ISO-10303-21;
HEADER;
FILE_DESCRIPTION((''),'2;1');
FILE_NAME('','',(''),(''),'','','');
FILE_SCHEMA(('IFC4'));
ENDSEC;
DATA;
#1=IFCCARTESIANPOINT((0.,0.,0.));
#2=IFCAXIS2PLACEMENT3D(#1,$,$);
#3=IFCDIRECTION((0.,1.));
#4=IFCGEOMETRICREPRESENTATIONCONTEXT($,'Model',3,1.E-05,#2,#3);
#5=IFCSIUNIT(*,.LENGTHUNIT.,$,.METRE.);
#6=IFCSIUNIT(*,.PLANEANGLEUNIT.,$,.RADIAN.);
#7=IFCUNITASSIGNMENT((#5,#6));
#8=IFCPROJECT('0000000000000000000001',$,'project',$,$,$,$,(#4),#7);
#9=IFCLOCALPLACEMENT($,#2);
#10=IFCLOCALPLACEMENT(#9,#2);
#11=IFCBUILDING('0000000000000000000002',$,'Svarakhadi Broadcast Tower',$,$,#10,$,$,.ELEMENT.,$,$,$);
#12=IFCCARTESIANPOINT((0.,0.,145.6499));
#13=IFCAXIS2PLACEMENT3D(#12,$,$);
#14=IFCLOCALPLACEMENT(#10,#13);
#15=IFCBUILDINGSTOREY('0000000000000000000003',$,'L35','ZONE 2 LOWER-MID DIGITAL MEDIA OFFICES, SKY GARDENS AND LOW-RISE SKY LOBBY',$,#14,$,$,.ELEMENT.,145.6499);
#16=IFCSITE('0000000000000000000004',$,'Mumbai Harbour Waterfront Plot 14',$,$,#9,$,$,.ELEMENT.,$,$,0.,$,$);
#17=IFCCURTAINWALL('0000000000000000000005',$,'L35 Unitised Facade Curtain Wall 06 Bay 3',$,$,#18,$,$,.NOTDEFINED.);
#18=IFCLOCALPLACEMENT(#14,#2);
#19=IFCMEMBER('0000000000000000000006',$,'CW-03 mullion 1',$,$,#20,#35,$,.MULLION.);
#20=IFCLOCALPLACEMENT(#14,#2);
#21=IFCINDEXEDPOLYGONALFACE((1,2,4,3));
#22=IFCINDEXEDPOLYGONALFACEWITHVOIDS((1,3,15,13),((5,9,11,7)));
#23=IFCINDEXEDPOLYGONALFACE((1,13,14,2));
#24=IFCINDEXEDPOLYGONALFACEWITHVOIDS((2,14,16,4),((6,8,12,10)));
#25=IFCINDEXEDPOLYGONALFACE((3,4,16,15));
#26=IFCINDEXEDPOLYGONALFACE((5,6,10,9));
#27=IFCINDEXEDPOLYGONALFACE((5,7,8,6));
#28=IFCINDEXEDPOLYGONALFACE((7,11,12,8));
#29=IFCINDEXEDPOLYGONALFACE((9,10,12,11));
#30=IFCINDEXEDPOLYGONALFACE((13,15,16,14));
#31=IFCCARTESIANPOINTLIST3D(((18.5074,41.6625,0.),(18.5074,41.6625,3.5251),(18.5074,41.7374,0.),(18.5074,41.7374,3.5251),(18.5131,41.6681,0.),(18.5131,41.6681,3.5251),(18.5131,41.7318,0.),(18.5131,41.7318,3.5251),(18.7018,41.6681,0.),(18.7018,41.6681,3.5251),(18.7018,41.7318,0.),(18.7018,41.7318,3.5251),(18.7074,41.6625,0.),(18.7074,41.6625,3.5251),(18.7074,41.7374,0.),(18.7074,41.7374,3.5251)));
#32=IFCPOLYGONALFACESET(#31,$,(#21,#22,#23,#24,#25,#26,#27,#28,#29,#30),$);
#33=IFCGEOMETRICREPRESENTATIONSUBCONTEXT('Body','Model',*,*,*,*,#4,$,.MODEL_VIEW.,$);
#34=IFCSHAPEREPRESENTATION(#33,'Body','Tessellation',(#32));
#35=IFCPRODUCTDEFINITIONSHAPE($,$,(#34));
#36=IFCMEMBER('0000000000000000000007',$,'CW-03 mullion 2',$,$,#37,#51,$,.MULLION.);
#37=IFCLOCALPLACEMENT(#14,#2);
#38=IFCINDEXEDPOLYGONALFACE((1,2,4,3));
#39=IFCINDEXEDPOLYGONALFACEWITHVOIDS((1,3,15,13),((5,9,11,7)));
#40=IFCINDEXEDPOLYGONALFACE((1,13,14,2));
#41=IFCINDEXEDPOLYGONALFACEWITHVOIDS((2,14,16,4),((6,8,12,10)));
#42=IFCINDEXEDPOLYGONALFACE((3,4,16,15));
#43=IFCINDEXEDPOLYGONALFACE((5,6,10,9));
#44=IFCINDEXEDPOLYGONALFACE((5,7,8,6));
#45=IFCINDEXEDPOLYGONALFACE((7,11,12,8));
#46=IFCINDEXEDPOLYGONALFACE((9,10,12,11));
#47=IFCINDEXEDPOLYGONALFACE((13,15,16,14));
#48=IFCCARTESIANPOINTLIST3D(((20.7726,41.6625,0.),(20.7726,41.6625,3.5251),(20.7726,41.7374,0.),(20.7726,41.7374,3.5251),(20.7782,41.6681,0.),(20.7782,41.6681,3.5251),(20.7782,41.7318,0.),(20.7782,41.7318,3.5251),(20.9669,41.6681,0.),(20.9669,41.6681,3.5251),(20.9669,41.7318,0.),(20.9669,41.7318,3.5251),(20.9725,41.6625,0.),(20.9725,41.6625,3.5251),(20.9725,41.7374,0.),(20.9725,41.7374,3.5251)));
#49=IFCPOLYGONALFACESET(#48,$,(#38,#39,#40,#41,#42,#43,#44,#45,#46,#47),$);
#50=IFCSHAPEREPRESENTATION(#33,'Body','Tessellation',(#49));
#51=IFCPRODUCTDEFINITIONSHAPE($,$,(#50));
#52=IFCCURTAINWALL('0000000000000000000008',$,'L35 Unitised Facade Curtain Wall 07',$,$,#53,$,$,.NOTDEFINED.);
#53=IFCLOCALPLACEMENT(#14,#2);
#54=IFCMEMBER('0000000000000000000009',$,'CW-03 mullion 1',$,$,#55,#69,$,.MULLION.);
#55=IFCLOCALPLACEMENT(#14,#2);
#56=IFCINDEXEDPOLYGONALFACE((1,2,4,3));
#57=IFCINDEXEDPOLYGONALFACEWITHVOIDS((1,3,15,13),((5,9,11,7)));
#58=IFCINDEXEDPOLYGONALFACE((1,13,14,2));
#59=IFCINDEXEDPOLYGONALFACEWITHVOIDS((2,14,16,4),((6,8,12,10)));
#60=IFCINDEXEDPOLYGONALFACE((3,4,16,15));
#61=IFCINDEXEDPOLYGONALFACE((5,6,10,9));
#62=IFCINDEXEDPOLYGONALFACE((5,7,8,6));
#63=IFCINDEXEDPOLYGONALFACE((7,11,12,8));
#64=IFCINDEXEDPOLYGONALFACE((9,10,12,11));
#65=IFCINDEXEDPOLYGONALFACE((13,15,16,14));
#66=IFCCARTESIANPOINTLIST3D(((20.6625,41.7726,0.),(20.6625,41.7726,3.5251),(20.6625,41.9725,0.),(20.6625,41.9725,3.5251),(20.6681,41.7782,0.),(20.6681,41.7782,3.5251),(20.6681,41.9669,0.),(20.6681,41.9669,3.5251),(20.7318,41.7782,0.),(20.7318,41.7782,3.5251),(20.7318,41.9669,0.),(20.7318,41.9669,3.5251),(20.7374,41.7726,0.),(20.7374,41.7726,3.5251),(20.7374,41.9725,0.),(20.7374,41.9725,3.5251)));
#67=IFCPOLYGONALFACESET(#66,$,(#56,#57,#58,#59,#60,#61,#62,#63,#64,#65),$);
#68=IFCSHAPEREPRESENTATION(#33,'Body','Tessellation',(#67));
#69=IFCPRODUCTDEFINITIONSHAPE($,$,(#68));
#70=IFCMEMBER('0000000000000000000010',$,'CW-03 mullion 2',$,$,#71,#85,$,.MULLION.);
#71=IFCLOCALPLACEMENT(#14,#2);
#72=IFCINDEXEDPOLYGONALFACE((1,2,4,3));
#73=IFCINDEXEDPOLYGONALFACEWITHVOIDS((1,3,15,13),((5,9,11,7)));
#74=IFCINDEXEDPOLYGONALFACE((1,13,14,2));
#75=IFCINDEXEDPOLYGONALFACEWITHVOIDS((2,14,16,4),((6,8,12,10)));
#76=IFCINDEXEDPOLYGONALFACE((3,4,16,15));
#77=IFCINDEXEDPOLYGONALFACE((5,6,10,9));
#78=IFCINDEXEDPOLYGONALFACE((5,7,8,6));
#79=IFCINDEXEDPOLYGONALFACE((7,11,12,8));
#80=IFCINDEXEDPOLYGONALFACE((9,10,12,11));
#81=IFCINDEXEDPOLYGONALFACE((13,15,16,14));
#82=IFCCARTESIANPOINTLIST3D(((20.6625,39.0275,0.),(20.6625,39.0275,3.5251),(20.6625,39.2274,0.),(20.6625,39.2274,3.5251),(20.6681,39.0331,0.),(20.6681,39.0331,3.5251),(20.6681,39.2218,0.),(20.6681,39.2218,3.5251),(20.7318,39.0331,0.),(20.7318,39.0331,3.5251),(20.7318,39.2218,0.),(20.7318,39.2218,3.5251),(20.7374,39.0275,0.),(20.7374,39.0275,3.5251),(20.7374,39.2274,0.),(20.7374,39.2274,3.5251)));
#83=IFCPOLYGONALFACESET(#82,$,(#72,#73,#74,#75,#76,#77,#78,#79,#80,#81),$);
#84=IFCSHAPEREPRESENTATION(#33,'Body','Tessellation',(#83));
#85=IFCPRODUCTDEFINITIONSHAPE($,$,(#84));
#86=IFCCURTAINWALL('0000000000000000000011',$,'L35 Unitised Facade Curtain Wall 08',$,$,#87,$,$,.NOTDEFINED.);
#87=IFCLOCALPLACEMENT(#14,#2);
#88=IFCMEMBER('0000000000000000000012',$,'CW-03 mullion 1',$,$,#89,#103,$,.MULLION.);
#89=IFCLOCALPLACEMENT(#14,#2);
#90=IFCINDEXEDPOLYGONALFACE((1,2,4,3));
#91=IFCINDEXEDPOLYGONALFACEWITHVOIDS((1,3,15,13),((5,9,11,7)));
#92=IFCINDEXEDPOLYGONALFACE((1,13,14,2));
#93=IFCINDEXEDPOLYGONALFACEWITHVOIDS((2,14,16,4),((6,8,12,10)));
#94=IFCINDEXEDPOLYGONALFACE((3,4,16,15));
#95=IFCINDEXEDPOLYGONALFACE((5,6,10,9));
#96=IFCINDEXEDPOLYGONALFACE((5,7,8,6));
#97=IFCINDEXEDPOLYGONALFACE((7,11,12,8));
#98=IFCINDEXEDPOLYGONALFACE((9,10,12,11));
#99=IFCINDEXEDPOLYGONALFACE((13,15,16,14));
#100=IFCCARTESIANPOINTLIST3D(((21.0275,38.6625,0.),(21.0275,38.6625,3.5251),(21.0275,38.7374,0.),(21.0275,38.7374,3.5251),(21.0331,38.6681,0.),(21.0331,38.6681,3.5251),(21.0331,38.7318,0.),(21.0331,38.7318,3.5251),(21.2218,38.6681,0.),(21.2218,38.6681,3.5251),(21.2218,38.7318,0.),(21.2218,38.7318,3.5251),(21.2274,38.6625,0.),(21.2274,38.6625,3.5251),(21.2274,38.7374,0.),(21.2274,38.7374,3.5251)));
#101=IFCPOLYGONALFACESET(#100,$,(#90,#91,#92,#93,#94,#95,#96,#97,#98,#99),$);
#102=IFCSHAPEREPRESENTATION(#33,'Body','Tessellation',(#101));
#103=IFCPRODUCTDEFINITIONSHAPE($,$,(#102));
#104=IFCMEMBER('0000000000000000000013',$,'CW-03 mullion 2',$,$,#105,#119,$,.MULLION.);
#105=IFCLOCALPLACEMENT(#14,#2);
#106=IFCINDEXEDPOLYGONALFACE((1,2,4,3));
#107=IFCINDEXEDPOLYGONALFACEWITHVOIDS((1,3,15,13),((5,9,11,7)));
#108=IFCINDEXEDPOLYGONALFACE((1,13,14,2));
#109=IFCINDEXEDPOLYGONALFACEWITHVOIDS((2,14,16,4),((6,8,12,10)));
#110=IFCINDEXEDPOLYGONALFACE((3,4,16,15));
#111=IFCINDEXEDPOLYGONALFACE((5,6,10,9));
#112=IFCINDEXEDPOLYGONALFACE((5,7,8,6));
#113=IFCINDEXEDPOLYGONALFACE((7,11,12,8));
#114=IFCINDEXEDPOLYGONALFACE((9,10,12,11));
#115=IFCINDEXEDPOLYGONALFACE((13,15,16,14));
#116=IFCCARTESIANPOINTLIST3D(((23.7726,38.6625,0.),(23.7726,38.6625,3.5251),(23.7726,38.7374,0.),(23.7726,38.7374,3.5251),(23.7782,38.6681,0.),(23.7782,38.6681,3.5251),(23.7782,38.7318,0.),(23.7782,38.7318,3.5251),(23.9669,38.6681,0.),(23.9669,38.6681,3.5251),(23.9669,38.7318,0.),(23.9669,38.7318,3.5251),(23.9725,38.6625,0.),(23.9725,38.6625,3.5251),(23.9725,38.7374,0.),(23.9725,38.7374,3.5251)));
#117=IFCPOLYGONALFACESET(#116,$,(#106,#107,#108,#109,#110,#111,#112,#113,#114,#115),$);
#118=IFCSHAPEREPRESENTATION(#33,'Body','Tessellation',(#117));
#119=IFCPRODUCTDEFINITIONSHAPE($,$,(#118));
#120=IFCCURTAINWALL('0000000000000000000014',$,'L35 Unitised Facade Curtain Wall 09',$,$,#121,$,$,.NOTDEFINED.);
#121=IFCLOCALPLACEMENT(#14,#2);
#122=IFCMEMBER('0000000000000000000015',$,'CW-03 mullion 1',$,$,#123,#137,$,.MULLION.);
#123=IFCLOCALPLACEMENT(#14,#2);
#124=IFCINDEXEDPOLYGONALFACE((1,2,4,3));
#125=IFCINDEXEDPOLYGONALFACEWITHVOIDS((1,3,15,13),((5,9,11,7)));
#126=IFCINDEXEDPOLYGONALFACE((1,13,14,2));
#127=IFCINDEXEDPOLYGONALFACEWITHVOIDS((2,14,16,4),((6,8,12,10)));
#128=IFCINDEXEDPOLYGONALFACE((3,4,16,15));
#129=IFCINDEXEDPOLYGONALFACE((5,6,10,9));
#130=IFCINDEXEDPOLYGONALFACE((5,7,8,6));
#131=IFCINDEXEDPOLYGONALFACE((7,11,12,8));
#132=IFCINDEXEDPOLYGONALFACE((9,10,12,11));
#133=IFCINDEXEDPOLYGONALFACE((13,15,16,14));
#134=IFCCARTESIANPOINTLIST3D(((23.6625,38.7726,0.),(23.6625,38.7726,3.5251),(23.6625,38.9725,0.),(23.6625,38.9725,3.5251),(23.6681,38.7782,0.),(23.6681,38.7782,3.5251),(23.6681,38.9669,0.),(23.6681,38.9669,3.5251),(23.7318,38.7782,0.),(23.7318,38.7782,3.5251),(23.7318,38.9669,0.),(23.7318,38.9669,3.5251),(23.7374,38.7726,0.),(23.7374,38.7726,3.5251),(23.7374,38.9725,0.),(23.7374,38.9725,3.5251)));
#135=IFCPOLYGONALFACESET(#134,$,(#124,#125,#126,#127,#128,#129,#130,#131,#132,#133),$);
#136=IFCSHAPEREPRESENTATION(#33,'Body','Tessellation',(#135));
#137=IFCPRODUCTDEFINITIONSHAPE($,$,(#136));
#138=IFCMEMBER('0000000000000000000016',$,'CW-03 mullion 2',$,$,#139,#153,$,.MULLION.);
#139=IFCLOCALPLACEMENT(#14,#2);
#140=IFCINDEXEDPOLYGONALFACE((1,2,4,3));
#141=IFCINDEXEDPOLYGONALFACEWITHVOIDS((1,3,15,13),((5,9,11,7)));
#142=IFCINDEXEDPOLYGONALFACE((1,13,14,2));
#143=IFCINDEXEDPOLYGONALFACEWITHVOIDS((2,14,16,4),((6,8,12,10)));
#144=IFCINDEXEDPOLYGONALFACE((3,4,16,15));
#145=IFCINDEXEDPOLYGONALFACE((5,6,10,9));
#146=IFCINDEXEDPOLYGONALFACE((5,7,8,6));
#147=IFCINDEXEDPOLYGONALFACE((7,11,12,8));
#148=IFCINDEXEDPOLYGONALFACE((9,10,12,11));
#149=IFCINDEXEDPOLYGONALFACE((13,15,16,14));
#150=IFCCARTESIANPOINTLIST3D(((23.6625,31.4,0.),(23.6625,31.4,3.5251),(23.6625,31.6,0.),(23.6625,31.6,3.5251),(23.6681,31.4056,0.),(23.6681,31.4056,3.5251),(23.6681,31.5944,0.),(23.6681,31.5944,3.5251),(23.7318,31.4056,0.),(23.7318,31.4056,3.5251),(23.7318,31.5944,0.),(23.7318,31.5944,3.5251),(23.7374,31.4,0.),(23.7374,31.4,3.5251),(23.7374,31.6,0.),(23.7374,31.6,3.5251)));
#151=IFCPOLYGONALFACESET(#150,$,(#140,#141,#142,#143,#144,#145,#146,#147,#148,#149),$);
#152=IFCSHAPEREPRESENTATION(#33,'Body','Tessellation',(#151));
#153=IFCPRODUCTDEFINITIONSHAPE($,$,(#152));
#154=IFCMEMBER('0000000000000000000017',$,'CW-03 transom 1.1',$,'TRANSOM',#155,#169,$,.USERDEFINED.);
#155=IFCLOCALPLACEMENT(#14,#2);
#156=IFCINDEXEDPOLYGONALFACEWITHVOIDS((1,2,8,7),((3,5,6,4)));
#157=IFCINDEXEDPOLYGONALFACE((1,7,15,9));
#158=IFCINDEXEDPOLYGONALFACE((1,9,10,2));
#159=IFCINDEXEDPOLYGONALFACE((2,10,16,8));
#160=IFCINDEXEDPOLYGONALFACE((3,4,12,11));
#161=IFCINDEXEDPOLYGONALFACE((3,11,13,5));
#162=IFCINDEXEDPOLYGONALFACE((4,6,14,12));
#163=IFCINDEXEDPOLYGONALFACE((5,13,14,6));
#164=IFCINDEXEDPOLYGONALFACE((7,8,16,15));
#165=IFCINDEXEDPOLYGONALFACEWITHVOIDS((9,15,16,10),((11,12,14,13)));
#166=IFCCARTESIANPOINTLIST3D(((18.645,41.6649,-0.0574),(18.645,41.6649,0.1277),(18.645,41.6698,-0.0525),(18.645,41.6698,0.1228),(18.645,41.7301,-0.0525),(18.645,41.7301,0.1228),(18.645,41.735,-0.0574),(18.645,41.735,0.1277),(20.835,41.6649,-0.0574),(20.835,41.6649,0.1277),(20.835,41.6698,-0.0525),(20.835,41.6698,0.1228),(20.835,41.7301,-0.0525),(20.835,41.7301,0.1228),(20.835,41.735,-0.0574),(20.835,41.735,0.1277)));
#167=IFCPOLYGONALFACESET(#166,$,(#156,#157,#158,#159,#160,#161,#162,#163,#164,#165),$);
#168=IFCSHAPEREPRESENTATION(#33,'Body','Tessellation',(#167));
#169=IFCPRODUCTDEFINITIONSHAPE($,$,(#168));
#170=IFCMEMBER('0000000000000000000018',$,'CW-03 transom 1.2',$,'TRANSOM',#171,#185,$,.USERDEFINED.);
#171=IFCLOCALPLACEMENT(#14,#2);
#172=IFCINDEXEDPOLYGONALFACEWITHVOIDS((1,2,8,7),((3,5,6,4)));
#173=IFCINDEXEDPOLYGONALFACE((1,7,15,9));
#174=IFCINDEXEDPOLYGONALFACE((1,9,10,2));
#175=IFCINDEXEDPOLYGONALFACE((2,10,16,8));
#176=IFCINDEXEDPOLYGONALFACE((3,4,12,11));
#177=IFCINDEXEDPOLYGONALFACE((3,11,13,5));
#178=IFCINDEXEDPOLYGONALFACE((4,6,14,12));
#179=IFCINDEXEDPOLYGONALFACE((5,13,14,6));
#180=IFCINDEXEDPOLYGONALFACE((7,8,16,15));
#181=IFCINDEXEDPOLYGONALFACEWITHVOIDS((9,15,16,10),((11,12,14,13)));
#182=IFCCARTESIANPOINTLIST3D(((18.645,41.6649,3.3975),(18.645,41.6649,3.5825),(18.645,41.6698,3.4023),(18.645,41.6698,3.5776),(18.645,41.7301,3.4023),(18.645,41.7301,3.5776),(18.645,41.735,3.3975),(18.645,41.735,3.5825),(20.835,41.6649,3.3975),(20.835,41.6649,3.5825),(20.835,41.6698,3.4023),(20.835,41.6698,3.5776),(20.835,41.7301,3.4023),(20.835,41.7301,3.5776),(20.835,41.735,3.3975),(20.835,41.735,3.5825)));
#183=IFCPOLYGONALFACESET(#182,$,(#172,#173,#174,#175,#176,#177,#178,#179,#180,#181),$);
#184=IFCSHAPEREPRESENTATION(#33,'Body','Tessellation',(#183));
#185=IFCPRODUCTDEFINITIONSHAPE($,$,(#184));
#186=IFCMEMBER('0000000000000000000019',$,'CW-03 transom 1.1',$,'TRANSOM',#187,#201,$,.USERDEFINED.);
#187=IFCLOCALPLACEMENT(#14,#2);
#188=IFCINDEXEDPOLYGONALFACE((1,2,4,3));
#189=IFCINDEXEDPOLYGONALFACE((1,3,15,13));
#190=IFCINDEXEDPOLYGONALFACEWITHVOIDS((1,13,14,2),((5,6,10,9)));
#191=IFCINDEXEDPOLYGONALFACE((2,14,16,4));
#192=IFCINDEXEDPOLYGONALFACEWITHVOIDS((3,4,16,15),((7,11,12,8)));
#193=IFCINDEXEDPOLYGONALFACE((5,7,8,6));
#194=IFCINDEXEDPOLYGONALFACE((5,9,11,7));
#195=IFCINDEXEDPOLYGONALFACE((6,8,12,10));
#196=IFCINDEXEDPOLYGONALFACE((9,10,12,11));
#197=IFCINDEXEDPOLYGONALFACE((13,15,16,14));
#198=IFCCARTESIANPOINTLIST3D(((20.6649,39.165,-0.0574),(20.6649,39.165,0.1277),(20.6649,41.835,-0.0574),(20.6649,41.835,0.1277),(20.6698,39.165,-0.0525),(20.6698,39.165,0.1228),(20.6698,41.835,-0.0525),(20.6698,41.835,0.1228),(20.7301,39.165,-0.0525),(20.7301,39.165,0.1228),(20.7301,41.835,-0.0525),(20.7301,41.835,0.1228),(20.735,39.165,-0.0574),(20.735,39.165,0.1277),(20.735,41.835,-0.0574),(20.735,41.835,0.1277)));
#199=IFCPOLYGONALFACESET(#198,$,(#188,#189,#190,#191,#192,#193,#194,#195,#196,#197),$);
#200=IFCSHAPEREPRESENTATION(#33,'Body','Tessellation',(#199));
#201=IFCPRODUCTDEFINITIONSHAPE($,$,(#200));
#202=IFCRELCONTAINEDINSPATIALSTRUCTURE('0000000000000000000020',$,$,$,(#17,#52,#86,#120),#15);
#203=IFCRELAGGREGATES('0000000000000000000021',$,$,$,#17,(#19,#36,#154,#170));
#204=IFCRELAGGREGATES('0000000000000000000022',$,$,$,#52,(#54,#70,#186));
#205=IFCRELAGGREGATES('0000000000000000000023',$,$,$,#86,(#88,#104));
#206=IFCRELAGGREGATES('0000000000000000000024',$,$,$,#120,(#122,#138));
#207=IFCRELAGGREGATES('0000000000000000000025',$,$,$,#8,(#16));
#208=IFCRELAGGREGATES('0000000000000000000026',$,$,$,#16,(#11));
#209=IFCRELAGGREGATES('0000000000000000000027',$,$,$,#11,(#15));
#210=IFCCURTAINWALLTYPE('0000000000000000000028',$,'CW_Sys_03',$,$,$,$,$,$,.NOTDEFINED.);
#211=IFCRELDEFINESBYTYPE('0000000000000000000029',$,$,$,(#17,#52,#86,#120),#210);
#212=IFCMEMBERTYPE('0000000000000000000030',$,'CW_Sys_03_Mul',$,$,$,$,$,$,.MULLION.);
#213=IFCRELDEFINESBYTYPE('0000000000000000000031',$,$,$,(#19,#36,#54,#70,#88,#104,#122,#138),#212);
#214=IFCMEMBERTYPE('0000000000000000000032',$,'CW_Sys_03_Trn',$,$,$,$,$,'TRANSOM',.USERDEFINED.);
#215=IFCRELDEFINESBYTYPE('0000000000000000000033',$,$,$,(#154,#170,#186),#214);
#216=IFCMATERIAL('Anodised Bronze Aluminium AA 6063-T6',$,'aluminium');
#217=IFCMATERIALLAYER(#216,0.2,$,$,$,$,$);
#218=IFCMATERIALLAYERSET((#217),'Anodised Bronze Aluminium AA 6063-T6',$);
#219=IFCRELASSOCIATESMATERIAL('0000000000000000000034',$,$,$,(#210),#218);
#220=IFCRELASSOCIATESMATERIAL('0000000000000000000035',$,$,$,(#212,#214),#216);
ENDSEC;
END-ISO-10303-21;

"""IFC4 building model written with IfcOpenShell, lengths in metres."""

from ifc_helpers import new_model, si_unit, direction, frame, origin, origin_2d, place, context, subcontext, project, spatial, hollow_rectangle, extrude, material, layer, layer_set, material_profile, profile_set, type_object, element, aggregate, save


model = new_model("IFC4")

# Units and contexts
model_context = context("Model", 3, precision=1e-05, world=origin(), true_north=direction((0.0, 1.0)))
body_context = subcontext(model_context, "Body", "Model", "MODEL_VIEW")
ifc_project = project(units=[si_unit("LENGTHUNIT", "METRE"), si_unit("PLANEANGLEUNIT", "RADIAN")], contexts=[model_context])

# Site, building, storey
site_placement = place(None, origin())
site = spatial("IfcSite", under=ifc_project, at=site_placement, Name="Mumbai Harbour Waterfront Plot 14", CompositionType="ELEMENT", RefElevation=0.0)
building_placement = place(site_placement, origin())
building = spatial("IfcBuilding", under=site, at=building_placement, Name="Svarakhadi Broadcast Tower", CompositionType="ELEMENT")
storey_placement = place(building_placement, frame((0.0, 0.0, 145.6499)))
storey = spatial("IfcBuildingStorey", under=building, at=storey_placement, Name="L35", Description="ZONE 2 LOWER-MID DIGITAL MEDIA OFFICES, SKY GARDENS AND LOW-RISE SKY LOBBY", CompositionType="ELEMENT", Elevation=145.6499)

# Curtain walls, members
ifc_material_1 = material(Name="Anodised Bronze Aluminium AA 6063-T6", Category="aluminium")
ifc_layer_1 = layer(ifc_material_1, 0.2)
ifc_layer_set_1 = layer_set([ifc_layer_1], Name="Anodised Bronze Aluminium AA 6063-T6")
curtain_wall_type = type_object("IfcCurtainWallType", Name="CW_Sys_03", PredefinedType="NOTDEFINED", material=ifc_layer_set_1)
curtain_wall_1_placement = place(storey_placement, origin())
curtain_wall_1 = element("IfcCurtainWall", 1, at=curtain_wall_1_placement, inside=storey, type_object=curtain_wall_type, Name="L35 Unitised Facade Curtain Wall 06 Bay 3", PredefinedType="NOTDEFINED")
ifc_material_profile_1 = material_profile(ifc_material_1, hollow_rectangle(XDim=0.075, YDim=0.2, WallThickness=0.0056, at=origin_2d()), Name="ALU MULLION 200x75x6")
ifc_profile_set_1 = profile_set([ifc_material_profile_1], Name="Anodised Bronze Aluminium AA 6063-T6")
member_type_1 = type_object("IfcMemberType", Name="CW_Sys_03_Mul", PredefinedType="MULLION", material=ifc_profile_set_1)
member_1_placement = place(storey_placement, frame((18.6074, 41.7, 0.0), z_axis=(0.0, 0.0, 1.0), x_axis=(0.0, 1.0, 0.0)))
member_1 = element("IfcMember", 2, at=member_1_placement, type_object=member_type_1, Name="CW-03 mullion 1", PredefinedType="MULLION", context=body_context, shape_type="SweptSolid", body=[
    extrude(hollow_rectangle(XDim=0.075, YDim=0.2, WallThickness=0.0056, at=origin_2d()), origin(), (0.0, 0.0, 1.0), 3.5251),
])
member_2_placement = place(storey_placement, frame((20.8726, 41.7, 0.0), z_axis=(0.0, 0.0, 1.0), x_axis=(0.0, 1.0, 0.0)))
member_2 = element("IfcMember", 3, at=member_2_placement, type_object=member_type_1, Name="CW-03 mullion 2", PredefinedType="MULLION", context=body_context, shape_type="SweptSolid", body=[
    extrude(hollow_rectangle(XDim=0.075, YDim=0.2, WallThickness=0.0056, at=origin_2d()), origin(), (0.0, 0.0, 1.0), 3.5251),
])
curtain_wall_2_placement = place(storey_placement, origin())
curtain_wall_2 = element("IfcCurtainWall", 4, at=curtain_wall_2_placement, inside=storey, type_object=curtain_wall_type, Name="L35 Unitised Facade Curtain Wall 07", PredefinedType="NOTDEFINED")
member_3_placement = place(storey_placement, frame((20.7, 41.8726, 0.0), z_axis=(0.0, 0.0, 1.0), x_axis=(1.0, 0.0, 0.0)))
member_3 = element("IfcMember", 5, at=member_3_placement, type_object=member_type_1, Name="CW-03 mullion 1", PredefinedType="MULLION", context=body_context, shape_type="SweptSolid", body=[
    extrude(hollow_rectangle(XDim=0.075, YDim=0.2, WallThickness=0.0056, at=origin_2d()), origin(), (0.0, 0.0, 1.0), 3.5251),
])
member_4_placement = place(storey_placement, frame((20.7, 39.1274, 0.0), z_axis=(0.0, 0.0, 1.0), x_axis=(1.0, 0.0, 0.0)))
member_4 = element("IfcMember", 6, at=member_4_placement, type_object=member_type_1, Name="CW-03 mullion 2", PredefinedType="MULLION", context=body_context, shape_type="SweptSolid", body=[
    extrude(hollow_rectangle(XDim=0.075, YDim=0.2, WallThickness=0.0056, at=origin_2d()), origin(), (0.0, 0.0, 1.0), 3.5251),
])
curtain_wall_3_placement = place(storey_placement, origin())
curtain_wall_3 = element("IfcCurtainWall", 7, at=curtain_wall_3_placement, inside=storey, type_object=curtain_wall_type, Name="L35 Unitised Facade Curtain Wall 08", PredefinedType="NOTDEFINED")
member_5_placement = place(storey_placement, frame((21.1274, 38.7, 0.0), z_axis=(0.0, 0.0, 1.0), x_axis=(0.0, 1.0, 0.0)))
member_5 = element("IfcMember", 8, at=member_5_placement, type_object=member_type_1, Name="CW-03 mullion 1", PredefinedType="MULLION", context=body_context, shape_type="SweptSolid", body=[
    extrude(hollow_rectangle(XDim=0.075, YDim=0.2, WallThickness=0.0056, at=origin_2d()), origin(), (0.0, 0.0, 1.0), 3.5251),
])
member_6_placement = place(storey_placement, frame((23.8726, 38.7, 0.0), z_axis=(0.0, 0.0, 1.0), x_axis=(0.0, 1.0, 0.0)))
member_6 = element("IfcMember", 9, at=member_6_placement, type_object=member_type_1, Name="CW-03 mullion 2", PredefinedType="MULLION", context=body_context, shape_type="SweptSolid", body=[
    extrude(hollow_rectangle(XDim=0.075, YDim=0.2, WallThickness=0.0056, at=origin_2d()), origin(), (0.0, 0.0, 1.0), 3.5251),
])
curtain_wall_4_placement = place(storey_placement, origin())
curtain_wall_4 = element("IfcCurtainWall", 10, at=curtain_wall_4_placement, inside=storey, type_object=curtain_wall_type, Name="L35 Unitised Facade Curtain Wall 09", PredefinedType="NOTDEFINED")
member_7_placement = place(storey_placement, frame((23.7, 38.8726, 0.0), z_axis=(0.0, 0.0, 1.0), x_axis=(1.0, 0.0, 0.0)))
member_7 = element("IfcMember", 11, at=member_7_placement, type_object=member_type_1, Name="CW-03 mullion 1", PredefinedType="MULLION", context=body_context, shape_type="SweptSolid", body=[
    extrude(hollow_rectangle(XDim=0.075, YDim=0.2, WallThickness=0.0056, at=origin_2d()), origin(), (0.0, 0.0, 1.0), 3.5251),
])
member_8_placement = place(storey_placement, frame((23.7, 31.5, 0.0), z_axis=(0.0, 0.0, 1.0), x_axis=(1.0, 0.0, 0.0)))
member_8 = element("IfcMember", 12, at=member_8_placement, type_object=member_type_1, Name="CW-03 mullion 2", PredefinedType="MULLION", context=body_context, shape_type="SweptSolid", body=[
    extrude(hollow_rectangle(XDim=0.075, YDim=0.2, WallThickness=0.0056, at=origin_2d()), origin(), (0.0, 0.0, 1.0), 3.5251),
])

# Members
ifc_material_profile_2 = material_profile(ifc_material_1, hollow_rectangle(XDim=0.0701, YDim=0.1851, WallThickness=0.0049, at=origin_2d()), Name="ALU TRANSOM 185x70x5")
ifc_profile_set_2 = profile_set([ifc_material_profile_2], Name="Anodised Bronze Aluminium AA 6063-T6")
member_type_2 = type_object("IfcMemberType", Name="CW_Sys_03_Trn", ElementType="TRANSOM", PredefinedType="USERDEFINED", material=ifc_profile_set_2)
member_9_placement = place(storey_placement, frame((18.645, 41.7, 0.0352), z_axis=(1.0, 0.0, 0.0), x_axis=(0.0, 1.0, 0.0)))
member_9 = element("IfcMember", 13, at=member_9_placement, type_object=member_type_2, Name="CW-03 transom 1.1", ObjectType="TRANSOM", PredefinedType="USERDEFINED", context=body_context, shape_type="SweptSolid", body=[
    extrude(hollow_rectangle(XDim=0.0701, YDim=0.1851, WallThickness=0.0049, at=origin_2d()), origin(), (0.0, 0.0, 1.0), 2.1899),
])
member_10_placement = place(storey_placement, frame((18.645, 41.7, 3.49), z_axis=(1.0, 0.0, 0.0), x_axis=(0.0, 1.0, 0.0)))
member_10 = element("IfcMember", 14, at=member_10_placement, type_object=member_type_2, Name="CW-03 transom 1.2", ObjectType="TRANSOM", PredefinedType="USERDEFINED", context=body_context, shape_type="SweptSolid", body=[
    extrude(hollow_rectangle(XDim=0.0701, YDim=0.1851, WallThickness=0.0049, at=origin_2d()), origin(), (0.0, 0.0, 1.0), 2.1899),
])
member_11_placement = place(storey_placement, frame((20.7, 41.835, 0.0352), z_axis=(0.0, -1.0, 0.0), x_axis=(1.0, 0.0, 0.0)))
member_11 = element("IfcMember", 15, at=member_11_placement, type_object=member_type_2, Name="CW-03 transom 1.1", ObjectType="TRANSOM", PredefinedType="USERDEFINED", context=body_context, shape_type="SweptSolid", body=[
    extrude(hollow_rectangle(XDim=0.0701, YDim=0.1851, WallThickness=0.0049, at=origin_2d()), origin(), (0.0, 0.0, 1.0), 2.6699),
])

aggregate(curtain_wall_1, [member_1, member_2, member_9, member_10])
aggregate(curtain_wall_2, [member_3, member_4, member_11])
aggregate(curtain_wall_3, [member_5, member_6])
aggregate(curtain_wall_4, [member_7, member_8])

save(model, "model.ifc")
